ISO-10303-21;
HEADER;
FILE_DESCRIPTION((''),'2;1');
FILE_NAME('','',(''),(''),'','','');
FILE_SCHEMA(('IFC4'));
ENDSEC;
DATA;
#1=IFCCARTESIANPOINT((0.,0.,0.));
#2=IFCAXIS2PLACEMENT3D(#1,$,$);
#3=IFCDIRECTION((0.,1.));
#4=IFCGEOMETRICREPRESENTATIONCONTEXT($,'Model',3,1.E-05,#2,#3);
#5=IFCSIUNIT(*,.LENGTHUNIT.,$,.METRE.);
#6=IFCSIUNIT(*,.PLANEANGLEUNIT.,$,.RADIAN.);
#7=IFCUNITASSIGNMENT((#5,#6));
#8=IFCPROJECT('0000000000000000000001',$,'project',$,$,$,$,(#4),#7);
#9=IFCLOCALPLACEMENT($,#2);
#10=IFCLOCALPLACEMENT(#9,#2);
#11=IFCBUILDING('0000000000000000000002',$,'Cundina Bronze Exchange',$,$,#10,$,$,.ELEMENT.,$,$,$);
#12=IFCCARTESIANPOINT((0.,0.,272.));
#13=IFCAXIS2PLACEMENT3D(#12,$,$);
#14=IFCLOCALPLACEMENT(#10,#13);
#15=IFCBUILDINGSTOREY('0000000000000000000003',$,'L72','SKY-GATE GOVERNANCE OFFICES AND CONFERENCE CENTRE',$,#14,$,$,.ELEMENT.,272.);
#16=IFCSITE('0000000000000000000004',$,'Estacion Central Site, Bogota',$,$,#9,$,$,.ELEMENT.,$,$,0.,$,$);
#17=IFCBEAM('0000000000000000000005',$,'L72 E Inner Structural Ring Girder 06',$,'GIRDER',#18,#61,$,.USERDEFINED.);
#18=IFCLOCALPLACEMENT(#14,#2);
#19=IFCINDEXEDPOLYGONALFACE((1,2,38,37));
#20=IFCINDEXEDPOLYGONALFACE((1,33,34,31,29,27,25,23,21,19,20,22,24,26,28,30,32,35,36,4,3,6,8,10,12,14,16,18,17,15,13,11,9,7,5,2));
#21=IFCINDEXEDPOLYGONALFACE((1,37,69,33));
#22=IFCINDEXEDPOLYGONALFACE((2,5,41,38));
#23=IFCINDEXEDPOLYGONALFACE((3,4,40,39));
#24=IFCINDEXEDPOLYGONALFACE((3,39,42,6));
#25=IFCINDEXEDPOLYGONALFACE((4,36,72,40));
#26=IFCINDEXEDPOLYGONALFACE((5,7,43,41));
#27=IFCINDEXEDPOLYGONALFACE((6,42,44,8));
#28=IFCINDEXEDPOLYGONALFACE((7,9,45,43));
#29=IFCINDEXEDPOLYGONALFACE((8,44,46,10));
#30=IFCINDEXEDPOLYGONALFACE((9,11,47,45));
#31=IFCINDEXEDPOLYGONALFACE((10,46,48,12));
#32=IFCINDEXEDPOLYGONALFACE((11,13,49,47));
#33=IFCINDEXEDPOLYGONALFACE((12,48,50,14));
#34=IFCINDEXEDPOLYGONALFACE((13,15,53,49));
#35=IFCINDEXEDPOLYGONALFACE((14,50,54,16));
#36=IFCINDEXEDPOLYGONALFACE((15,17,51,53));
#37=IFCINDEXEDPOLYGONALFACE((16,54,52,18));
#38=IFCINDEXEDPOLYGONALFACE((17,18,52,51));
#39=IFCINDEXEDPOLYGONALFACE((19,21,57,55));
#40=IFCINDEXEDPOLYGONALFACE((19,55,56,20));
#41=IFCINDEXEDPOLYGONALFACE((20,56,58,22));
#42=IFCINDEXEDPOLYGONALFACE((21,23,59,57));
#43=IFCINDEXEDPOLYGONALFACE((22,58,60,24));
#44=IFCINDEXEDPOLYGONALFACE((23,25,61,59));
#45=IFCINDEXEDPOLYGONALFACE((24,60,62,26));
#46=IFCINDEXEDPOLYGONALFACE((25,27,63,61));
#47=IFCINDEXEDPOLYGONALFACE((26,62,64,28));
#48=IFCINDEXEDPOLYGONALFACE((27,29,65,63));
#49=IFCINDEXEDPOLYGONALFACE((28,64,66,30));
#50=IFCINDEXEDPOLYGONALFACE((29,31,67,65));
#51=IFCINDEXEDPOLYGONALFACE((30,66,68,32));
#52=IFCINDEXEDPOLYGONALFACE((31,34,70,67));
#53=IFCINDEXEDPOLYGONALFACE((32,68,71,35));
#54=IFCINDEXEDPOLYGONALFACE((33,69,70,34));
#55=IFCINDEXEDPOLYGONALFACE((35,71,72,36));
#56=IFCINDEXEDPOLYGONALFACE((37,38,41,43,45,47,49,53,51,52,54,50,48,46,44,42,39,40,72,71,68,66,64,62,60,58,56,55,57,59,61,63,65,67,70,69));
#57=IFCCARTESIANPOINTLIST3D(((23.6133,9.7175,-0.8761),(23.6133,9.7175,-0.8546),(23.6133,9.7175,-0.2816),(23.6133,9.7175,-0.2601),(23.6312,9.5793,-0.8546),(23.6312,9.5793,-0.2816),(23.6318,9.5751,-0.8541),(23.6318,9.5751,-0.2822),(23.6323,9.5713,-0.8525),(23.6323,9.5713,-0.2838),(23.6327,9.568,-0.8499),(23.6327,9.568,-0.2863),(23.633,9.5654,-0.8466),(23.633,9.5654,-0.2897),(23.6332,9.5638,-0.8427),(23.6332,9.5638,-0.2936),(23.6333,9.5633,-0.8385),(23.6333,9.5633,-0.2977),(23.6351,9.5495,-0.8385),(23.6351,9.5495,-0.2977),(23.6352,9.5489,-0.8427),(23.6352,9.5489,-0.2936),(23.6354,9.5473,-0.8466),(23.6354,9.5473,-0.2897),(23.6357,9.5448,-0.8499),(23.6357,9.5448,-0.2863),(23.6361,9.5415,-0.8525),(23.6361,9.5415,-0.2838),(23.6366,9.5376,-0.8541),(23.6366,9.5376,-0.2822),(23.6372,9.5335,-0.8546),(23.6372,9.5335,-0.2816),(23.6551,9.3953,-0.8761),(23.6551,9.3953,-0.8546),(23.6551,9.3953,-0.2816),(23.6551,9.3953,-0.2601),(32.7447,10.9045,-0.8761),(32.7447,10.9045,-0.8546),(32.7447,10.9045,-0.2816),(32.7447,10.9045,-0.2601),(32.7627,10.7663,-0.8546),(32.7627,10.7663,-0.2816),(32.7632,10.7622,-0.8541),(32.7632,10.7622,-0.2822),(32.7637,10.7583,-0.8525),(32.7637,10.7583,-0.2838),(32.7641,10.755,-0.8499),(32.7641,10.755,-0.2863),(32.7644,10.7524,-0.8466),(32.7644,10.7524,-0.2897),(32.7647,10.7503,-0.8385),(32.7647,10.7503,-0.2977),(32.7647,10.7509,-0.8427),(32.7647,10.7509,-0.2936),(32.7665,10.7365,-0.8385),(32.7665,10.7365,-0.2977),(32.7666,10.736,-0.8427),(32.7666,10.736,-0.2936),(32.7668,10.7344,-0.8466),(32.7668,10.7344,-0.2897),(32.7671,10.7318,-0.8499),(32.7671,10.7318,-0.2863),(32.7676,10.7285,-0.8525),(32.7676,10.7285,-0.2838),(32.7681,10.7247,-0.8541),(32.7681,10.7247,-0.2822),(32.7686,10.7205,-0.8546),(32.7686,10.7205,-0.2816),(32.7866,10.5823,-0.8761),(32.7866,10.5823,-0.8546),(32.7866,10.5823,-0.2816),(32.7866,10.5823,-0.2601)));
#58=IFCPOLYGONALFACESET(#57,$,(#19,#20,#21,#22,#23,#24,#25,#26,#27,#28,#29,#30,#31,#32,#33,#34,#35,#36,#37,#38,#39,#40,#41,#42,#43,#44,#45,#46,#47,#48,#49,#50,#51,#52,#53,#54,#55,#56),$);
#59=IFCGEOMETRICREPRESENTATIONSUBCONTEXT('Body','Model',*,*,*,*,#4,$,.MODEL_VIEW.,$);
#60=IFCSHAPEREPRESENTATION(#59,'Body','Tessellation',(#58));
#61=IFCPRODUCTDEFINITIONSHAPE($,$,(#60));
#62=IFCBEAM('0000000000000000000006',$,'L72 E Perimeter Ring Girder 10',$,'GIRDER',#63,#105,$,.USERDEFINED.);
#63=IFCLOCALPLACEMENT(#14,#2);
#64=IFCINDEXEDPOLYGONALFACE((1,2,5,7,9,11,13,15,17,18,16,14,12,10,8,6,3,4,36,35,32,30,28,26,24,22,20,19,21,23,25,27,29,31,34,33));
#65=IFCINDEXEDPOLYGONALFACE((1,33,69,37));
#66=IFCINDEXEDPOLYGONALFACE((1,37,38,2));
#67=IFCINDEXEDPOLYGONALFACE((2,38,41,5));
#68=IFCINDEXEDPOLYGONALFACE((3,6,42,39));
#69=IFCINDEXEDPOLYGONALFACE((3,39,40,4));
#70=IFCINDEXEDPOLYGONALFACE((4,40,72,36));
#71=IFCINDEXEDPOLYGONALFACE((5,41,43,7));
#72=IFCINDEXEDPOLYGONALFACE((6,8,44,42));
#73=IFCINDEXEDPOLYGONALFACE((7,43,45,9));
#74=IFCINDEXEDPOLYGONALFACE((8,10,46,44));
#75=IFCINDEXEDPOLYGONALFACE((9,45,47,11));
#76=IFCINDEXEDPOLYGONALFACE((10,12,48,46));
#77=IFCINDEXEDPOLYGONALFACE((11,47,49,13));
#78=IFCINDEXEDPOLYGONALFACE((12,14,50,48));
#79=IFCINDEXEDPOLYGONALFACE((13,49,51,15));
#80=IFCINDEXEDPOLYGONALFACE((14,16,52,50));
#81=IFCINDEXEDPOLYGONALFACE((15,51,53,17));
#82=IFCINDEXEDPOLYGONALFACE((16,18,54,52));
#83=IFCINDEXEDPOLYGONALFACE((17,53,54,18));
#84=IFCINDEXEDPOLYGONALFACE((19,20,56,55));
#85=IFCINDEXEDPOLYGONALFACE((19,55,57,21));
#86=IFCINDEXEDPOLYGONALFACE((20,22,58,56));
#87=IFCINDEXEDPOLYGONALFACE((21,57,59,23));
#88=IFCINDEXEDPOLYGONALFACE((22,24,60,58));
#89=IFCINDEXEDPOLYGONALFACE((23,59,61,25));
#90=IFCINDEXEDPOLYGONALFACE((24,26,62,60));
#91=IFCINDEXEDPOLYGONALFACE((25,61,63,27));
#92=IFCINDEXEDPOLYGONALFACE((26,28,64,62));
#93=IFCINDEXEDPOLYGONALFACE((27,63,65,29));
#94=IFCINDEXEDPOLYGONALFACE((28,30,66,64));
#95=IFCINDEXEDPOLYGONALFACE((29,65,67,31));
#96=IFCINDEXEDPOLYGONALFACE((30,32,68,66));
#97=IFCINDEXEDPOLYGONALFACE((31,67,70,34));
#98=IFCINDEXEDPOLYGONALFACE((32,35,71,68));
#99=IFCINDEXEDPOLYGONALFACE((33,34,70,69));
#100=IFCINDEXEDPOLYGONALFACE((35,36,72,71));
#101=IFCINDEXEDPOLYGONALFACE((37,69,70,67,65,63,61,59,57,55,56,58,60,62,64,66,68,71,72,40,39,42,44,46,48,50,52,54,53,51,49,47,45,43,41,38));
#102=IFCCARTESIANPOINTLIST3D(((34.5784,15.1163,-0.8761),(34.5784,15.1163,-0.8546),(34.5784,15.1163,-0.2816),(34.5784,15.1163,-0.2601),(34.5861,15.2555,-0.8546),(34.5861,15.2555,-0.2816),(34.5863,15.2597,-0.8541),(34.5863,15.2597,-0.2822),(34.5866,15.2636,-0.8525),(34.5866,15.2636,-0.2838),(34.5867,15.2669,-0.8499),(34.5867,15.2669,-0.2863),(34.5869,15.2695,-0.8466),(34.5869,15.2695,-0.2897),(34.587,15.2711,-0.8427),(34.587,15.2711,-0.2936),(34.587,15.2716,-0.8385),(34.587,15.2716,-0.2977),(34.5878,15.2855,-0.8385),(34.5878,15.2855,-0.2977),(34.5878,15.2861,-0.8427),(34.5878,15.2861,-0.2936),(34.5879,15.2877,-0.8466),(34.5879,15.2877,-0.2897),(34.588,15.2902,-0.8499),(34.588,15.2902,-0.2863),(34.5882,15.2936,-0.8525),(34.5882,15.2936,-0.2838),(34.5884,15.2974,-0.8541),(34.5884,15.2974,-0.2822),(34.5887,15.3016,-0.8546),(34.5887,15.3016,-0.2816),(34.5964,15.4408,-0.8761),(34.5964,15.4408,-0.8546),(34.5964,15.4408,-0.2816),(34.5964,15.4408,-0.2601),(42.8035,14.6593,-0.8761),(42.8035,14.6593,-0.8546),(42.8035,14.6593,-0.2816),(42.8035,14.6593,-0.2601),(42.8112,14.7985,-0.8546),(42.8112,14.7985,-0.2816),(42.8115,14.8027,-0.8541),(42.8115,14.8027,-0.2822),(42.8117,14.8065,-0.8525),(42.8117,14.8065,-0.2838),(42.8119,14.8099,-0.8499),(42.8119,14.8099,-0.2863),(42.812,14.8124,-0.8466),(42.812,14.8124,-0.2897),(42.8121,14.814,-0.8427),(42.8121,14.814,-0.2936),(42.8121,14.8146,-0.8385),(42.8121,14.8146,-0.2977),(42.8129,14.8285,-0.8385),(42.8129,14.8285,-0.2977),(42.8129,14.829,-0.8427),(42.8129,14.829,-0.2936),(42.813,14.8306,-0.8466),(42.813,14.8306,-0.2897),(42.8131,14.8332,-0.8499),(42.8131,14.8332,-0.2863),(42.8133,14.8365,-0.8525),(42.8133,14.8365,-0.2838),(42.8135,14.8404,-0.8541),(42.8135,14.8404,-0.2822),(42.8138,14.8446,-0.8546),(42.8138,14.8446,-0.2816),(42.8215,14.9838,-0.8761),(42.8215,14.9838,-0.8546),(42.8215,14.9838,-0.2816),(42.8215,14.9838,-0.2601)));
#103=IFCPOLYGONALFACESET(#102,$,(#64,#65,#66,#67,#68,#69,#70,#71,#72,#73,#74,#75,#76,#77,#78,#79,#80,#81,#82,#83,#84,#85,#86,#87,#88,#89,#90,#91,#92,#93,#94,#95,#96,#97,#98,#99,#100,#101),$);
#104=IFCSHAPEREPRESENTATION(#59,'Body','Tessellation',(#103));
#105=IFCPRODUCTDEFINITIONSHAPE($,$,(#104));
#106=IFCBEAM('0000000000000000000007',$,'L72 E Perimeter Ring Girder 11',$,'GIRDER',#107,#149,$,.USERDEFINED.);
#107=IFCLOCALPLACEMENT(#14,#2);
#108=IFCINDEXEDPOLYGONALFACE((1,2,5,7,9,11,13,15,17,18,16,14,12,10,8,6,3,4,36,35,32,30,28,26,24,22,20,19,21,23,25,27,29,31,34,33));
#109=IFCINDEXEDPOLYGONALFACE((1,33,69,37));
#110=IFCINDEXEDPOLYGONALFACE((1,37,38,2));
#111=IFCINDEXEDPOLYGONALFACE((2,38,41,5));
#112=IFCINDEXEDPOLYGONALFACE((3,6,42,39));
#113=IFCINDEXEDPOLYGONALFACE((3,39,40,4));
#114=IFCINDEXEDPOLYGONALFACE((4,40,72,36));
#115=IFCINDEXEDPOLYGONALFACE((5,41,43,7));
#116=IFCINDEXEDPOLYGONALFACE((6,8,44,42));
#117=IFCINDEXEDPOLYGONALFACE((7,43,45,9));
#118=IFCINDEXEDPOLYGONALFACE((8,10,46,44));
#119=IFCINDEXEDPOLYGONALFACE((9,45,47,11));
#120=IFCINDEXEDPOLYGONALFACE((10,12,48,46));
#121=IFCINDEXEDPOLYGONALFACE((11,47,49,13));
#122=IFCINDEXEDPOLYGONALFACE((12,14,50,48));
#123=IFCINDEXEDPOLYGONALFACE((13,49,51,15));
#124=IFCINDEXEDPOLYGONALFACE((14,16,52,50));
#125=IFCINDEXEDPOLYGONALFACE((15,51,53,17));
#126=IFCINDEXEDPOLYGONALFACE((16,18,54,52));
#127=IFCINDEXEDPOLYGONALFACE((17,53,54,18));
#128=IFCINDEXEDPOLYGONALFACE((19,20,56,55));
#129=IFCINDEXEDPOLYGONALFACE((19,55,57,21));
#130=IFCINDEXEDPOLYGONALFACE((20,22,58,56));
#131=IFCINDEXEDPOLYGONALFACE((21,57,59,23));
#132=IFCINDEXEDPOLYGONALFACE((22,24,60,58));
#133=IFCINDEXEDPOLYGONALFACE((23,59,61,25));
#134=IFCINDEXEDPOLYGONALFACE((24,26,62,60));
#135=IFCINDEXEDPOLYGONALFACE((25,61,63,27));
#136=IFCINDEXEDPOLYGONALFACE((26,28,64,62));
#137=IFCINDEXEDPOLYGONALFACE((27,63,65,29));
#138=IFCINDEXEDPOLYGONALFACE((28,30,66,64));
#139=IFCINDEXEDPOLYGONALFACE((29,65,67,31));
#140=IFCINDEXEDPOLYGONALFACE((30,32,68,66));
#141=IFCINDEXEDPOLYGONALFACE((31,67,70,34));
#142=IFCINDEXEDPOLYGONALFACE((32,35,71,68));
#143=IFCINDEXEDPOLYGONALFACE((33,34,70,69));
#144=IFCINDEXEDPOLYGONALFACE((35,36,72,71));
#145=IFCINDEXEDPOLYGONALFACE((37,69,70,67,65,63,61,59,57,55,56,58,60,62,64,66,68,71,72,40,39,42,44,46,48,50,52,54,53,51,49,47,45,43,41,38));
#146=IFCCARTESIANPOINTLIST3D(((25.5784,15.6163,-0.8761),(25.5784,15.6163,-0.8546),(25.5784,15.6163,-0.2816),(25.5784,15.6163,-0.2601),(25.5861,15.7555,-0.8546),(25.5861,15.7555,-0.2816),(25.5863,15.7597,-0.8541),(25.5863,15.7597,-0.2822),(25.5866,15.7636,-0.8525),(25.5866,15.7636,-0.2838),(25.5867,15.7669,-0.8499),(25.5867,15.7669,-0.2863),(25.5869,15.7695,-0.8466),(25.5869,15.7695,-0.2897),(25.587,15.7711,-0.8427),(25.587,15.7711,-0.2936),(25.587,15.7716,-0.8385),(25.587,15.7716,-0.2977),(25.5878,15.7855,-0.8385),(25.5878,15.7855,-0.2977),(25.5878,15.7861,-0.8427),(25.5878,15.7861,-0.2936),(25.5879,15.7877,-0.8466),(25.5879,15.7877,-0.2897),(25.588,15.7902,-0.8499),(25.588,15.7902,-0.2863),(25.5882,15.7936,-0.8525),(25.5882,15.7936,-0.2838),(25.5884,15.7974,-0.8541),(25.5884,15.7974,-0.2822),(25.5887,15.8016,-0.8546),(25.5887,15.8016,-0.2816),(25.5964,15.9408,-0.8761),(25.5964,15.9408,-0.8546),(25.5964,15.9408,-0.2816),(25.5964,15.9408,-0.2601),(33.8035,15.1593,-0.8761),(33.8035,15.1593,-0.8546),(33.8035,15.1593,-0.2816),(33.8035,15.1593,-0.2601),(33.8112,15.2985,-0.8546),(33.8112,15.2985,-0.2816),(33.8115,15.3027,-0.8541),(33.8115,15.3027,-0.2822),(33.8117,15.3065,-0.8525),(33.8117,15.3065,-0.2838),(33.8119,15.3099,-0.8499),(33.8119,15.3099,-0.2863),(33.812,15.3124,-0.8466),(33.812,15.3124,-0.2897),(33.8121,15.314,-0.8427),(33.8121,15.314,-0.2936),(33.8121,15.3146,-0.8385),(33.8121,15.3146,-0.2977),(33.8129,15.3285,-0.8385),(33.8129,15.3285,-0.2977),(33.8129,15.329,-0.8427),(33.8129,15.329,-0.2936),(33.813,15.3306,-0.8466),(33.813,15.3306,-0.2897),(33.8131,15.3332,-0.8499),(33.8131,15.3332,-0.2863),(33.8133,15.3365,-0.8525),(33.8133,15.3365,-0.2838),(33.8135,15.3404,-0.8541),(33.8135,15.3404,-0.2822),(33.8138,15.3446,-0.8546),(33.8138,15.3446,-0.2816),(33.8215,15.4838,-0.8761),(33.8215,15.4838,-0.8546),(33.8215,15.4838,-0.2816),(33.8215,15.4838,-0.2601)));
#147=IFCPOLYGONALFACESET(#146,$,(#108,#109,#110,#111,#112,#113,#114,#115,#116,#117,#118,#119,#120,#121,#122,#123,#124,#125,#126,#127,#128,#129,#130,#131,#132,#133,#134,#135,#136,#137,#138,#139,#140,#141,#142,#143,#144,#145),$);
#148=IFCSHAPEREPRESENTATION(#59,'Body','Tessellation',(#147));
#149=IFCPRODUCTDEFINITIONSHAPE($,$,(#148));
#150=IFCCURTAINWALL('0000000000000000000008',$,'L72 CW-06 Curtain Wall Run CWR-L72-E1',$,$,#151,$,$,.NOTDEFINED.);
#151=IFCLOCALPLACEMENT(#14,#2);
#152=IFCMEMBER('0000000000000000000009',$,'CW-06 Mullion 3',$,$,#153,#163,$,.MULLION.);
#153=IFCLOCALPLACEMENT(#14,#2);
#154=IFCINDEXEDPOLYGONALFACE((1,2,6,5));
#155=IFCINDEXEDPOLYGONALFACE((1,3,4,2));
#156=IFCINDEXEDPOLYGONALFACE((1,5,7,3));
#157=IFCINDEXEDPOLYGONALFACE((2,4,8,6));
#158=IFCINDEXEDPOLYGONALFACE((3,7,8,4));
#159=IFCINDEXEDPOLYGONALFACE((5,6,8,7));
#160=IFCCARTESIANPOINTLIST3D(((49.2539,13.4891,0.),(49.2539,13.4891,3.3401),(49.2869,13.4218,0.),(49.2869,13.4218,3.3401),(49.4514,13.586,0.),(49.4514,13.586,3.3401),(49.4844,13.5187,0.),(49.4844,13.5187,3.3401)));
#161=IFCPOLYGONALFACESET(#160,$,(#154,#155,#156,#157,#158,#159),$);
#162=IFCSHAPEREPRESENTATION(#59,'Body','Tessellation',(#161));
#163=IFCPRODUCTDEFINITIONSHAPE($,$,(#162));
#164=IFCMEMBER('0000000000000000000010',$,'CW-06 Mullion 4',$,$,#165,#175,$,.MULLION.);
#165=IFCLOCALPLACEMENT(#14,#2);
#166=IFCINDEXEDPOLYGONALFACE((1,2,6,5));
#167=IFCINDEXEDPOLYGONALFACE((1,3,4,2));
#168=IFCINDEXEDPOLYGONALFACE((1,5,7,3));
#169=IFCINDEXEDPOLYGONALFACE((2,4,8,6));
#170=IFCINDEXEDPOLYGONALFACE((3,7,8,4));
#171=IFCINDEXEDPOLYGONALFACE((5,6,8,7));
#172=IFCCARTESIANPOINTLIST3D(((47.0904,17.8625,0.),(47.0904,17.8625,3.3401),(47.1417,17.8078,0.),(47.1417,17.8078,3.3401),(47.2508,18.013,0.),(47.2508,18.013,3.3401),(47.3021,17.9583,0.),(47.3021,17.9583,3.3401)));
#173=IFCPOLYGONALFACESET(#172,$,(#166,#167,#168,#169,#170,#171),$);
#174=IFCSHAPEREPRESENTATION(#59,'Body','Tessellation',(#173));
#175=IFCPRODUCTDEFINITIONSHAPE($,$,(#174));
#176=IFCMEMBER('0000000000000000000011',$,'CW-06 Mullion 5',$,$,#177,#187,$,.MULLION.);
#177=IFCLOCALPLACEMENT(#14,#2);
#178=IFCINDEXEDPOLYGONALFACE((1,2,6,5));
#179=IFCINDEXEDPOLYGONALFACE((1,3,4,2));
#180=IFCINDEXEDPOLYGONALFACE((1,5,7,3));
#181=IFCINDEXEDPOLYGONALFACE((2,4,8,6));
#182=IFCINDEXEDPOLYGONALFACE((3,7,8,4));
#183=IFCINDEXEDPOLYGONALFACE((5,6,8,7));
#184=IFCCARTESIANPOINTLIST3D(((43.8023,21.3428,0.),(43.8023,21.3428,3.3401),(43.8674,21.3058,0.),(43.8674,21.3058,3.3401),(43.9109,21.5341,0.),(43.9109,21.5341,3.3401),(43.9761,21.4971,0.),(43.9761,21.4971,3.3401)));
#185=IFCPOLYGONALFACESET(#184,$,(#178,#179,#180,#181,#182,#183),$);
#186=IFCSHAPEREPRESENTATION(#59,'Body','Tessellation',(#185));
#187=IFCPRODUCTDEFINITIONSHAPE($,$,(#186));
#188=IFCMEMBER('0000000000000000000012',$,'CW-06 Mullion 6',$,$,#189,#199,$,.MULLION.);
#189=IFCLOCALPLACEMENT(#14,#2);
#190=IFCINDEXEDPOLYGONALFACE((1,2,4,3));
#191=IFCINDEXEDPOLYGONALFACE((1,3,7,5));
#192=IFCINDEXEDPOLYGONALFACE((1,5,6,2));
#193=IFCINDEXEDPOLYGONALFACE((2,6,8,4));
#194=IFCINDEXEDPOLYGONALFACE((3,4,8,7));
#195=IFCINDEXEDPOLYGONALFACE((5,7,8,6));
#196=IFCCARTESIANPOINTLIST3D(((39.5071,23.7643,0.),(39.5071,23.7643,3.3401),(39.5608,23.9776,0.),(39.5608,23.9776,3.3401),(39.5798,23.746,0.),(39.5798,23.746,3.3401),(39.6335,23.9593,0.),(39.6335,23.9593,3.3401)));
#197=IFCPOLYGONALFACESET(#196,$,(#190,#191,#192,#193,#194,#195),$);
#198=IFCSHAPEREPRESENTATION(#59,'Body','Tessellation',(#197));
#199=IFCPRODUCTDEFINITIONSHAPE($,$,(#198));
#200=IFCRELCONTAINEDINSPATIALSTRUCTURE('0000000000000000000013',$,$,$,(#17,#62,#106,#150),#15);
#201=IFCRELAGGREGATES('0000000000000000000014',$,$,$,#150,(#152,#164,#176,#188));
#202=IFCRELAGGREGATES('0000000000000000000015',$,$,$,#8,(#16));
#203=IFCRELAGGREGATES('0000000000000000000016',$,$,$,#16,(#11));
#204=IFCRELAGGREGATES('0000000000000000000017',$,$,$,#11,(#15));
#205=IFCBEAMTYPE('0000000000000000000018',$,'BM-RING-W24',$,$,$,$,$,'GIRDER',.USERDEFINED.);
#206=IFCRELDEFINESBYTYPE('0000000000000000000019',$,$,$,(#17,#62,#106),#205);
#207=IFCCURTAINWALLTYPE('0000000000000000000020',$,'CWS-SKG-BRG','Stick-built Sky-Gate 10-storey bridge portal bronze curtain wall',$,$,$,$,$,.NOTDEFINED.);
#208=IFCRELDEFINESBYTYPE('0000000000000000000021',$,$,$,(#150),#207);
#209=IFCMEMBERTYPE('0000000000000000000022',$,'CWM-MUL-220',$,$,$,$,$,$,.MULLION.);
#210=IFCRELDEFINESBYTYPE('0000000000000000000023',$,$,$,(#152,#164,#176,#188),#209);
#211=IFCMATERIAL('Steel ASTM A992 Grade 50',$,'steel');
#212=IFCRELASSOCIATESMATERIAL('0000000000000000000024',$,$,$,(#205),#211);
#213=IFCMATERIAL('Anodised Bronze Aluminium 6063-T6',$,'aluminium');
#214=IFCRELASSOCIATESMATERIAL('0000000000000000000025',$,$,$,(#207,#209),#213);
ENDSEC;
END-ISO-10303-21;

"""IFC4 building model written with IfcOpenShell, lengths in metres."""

from ifc_helpers import new_model, si_unit, direction, frame, origin, origin_2d, place, context, subcontext, project, spatial, rectangle, i_section, extrude, material, material_profile, profile_set, type_object, element, aggregate, save


model = new_model("IFC4")

# Units and contexts
model_context = context("Model", 3, precision=1e-05, world=origin(), true_north=direction((0.0, 1.0)))
body_context = subcontext(model_context, "Body", "Model", "MODEL_VIEW")
ifc_project = project(units=[si_unit("LENGTHUNIT", "METRE"), si_unit("PLANEANGLEUNIT", "RADIAN")], contexts=[model_context])

# Site, building, storey
site_placement = place(None, origin())
site = spatial("IfcSite", under=ifc_project, at=site_placement, Name="Estacion Central Site, Bogota", CompositionType="ELEMENT", RefElevation=0.0)
building_placement = place(site_placement, origin())
building = spatial("IfcBuilding", under=site, at=building_placement, Name="Cundina Bronze Exchange", CompositionType="ELEMENT")
storey_placement = place(building_placement, frame((0.0, 0.0, 272.0)))
storey = spatial("IfcBuildingStorey", under=building, at=storey_placement, Name="L72", Description="SKY-GATE GOVERNANCE OFFICES AND CONFERENCE CENTRE", CompositionType="ELEMENT", Elevation=272.0)

# Beams
ifc_material_1 = material(Name="Steel ASTM A992 Grade 50", Category="steel")
ifc_material_profile_1 = material_profile(ifc_material_1, i_section(OverallWidth=0.325, OverallDepth=0.616, WebThickness=0.0139, FlangeThickness=0.0215, FilletRadius=0.0161, at=origin_2d()), Name="W24X117", Category="steel")
ifc_profile_set_1 = profile_set([ifc_material_profile_1], Name="Steel ASTM A992 Grade 50")
beam_type_1 = type_object("IfcBeamType", Name="BM-RING-W24", ElementType="GIRDER", PredefinedType="USERDEFINED", material=ifc_profile_set_1)
beam_1_placement = place(storey_placement, frame((32.7656, 10.7434, -0.5681), z_axis=(-0.991656, -0.128908, 0.0), x_axis=(0.128908, -0.991656, 0.0)))
element("IfcBeam", 1, at=beam_1_placement, inside=storey, type_object=beam_type_1, Name="L72 E Inner Structural Ring Girder 06", ObjectType="GIRDER", PredefinedType="USERDEFINED", context=body_context, shape_type="SweptSolid", body=[
    extrude(i_section(OverallWidth=0.325, OverallDepth=0.616, WebThickness=0.0139, FlangeThickness=0.0215, FilletRadius=0.0161, at=origin_2d()), origin(), (0.0, 0.0, 1.0), 9.2083),
])
for number, where, z_axis, x_axis, name in (
    (2, (42.8125, 14.8215, -0.5681), (-0.99846, 0.05548, 0.0), (-0.05548, -0.99846, 0.0), "L72 E Perimeter Ring Girder 10"),
    (3, (33.8125, 15.3215, -0.5681), (-0.99846, 0.05548, 0.0), (-0.05548, -0.99846, 0.0), "L72 E Perimeter Ring Girder 11"),
):
    element("IfcBeam", number, at=place(storey_placement, frame(where, z_axis=z_axis, x_axis=x_axis)), inside=storey, type_object=beam_type_1, Name=name, ObjectType="GIRDER", PredefinedType="USERDEFINED", context=body_context, shape_type="SweptSolid", body=[
        extrude(i_section(OverallWidth=0.325, OverallDepth=0.616, WebThickness=0.0139, FlangeThickness=0.0215, FilletRadius=0.0161, at=origin_2d()), origin(), (0.0, 0.0, 1.0), 8.2378),
    ])

# Curtain wall, members
ifc_material_2 = material(Name="Anodised Bronze Aluminium 6063-T6", Category="aluminium")
curtain_wall_type = type_object("IfcCurtainWallType", Name="CWS-SKG-BRG", Description="Stick-built Sky-Gate 10-storey bridge portal bronze curtain wall", PredefinedType="NOTDEFINED", material=ifc_material_2)
curtain_wall_1_placement = place(storey_placement, origin())
curtain_wall_1 = element("IfcCurtainWall", 4, at=curtain_wall_1_placement, inside=storey, type_object=curtain_wall_type, Name="L72 CW-06 Curtain Wall Run CWR-L72-E1", PredefinedType="NOTDEFINED")
ifc_material_profile_2 = material_profile(ifc_material_2, rectangle(XDim=0.075, YDim=0.22, at=origin_2d()), Name="AL75X220", Category="aluminium")
ifc_profile_set_2 = profile_set([ifc_material_profile_2], Name="Anodised Bronze Aluminium 6063-T6")
member_type_1 = type_object("IfcMemberType", Name="CWM-MUL-220", PredefinedType="MULLION", material=ifc_profile_set_2)
member_1_placement = place(storey_placement, frame((49.3691, 13.5039, 0.0), z_axis=(0.0, 0.0, 1.0), x_axis=(-0.440566, 0.89772, 0.0)))
member_1 = element("IfcMember", 5, at=member_1_placement, type_object=member_type_1, Name="CW-06 Mullion 3", PredefinedType="MULLION", context=body_context, shape_type="SweptSolid", body=[
    extrude(rectangle(XDim=0.075, YDim=0.22, at=origin_2d()), origin(), (0.0, 0.0, 1.0), 3.3401),
])
member_2_placement = place(storey_placement, frame((47.1963, 17.9104, 0.0), z_axis=(0.0, 0.0, 1.0), x_axis=(-0.684293, 0.729208, 0.0)))
member_2 = element("IfcMember", 6, at=member_2_placement, type_object=member_type_1, Name="CW-06 Mullion 4", PredefinedType="MULLION", context=body_context, shape_type="SweptSolid", body=[
    extrude(rectangle(XDim=0.075, YDim=0.22, at=origin_2d()), origin(), (0.0, 0.0, 1.0), 3.3401),
])
member_3_placement = place(storey_placement, frame((43.8892, 21.4199, 0.0), z_axis=(0.0, 0.0, 1.0), x_axis=(-0.869581, 0.49379, 0.0)))
member_3 = element("IfcMember", 7, at=member_3_placement, type_object=member_type_1, Name="CW-06 Mullion 5", PredefinedType="MULLION", context=body_context, shape_type="SweptSolid", body=[
    extrude(rectangle(XDim=0.075, YDim=0.22, at=origin_2d()), origin(), (0.0, 0.0, 1.0), 3.3401),
])
member_4_placement = place(storey_placement, frame((39.5703, 23.8618, 0.0), z_axis=(0.0, 0.0, 1.0), x_axis=(-0.969744, 0.244123, 0.0)))
member_4 = element("IfcMember", 8, at=member_4_placement, type_object=member_type_1, Name="CW-06 Mullion 6", PredefinedType="MULLION", context=body_context, shape_type="SweptSolid", body=[
    extrude(rectangle(XDim=0.075, YDim=0.22, at=origin_2d()), origin(), (0.0, 0.0, 1.0), 3.3401),
])

aggregate(curtain_wall_1, [member_1, member_2, member_3, member_4])

save(model, "model.ifc")
